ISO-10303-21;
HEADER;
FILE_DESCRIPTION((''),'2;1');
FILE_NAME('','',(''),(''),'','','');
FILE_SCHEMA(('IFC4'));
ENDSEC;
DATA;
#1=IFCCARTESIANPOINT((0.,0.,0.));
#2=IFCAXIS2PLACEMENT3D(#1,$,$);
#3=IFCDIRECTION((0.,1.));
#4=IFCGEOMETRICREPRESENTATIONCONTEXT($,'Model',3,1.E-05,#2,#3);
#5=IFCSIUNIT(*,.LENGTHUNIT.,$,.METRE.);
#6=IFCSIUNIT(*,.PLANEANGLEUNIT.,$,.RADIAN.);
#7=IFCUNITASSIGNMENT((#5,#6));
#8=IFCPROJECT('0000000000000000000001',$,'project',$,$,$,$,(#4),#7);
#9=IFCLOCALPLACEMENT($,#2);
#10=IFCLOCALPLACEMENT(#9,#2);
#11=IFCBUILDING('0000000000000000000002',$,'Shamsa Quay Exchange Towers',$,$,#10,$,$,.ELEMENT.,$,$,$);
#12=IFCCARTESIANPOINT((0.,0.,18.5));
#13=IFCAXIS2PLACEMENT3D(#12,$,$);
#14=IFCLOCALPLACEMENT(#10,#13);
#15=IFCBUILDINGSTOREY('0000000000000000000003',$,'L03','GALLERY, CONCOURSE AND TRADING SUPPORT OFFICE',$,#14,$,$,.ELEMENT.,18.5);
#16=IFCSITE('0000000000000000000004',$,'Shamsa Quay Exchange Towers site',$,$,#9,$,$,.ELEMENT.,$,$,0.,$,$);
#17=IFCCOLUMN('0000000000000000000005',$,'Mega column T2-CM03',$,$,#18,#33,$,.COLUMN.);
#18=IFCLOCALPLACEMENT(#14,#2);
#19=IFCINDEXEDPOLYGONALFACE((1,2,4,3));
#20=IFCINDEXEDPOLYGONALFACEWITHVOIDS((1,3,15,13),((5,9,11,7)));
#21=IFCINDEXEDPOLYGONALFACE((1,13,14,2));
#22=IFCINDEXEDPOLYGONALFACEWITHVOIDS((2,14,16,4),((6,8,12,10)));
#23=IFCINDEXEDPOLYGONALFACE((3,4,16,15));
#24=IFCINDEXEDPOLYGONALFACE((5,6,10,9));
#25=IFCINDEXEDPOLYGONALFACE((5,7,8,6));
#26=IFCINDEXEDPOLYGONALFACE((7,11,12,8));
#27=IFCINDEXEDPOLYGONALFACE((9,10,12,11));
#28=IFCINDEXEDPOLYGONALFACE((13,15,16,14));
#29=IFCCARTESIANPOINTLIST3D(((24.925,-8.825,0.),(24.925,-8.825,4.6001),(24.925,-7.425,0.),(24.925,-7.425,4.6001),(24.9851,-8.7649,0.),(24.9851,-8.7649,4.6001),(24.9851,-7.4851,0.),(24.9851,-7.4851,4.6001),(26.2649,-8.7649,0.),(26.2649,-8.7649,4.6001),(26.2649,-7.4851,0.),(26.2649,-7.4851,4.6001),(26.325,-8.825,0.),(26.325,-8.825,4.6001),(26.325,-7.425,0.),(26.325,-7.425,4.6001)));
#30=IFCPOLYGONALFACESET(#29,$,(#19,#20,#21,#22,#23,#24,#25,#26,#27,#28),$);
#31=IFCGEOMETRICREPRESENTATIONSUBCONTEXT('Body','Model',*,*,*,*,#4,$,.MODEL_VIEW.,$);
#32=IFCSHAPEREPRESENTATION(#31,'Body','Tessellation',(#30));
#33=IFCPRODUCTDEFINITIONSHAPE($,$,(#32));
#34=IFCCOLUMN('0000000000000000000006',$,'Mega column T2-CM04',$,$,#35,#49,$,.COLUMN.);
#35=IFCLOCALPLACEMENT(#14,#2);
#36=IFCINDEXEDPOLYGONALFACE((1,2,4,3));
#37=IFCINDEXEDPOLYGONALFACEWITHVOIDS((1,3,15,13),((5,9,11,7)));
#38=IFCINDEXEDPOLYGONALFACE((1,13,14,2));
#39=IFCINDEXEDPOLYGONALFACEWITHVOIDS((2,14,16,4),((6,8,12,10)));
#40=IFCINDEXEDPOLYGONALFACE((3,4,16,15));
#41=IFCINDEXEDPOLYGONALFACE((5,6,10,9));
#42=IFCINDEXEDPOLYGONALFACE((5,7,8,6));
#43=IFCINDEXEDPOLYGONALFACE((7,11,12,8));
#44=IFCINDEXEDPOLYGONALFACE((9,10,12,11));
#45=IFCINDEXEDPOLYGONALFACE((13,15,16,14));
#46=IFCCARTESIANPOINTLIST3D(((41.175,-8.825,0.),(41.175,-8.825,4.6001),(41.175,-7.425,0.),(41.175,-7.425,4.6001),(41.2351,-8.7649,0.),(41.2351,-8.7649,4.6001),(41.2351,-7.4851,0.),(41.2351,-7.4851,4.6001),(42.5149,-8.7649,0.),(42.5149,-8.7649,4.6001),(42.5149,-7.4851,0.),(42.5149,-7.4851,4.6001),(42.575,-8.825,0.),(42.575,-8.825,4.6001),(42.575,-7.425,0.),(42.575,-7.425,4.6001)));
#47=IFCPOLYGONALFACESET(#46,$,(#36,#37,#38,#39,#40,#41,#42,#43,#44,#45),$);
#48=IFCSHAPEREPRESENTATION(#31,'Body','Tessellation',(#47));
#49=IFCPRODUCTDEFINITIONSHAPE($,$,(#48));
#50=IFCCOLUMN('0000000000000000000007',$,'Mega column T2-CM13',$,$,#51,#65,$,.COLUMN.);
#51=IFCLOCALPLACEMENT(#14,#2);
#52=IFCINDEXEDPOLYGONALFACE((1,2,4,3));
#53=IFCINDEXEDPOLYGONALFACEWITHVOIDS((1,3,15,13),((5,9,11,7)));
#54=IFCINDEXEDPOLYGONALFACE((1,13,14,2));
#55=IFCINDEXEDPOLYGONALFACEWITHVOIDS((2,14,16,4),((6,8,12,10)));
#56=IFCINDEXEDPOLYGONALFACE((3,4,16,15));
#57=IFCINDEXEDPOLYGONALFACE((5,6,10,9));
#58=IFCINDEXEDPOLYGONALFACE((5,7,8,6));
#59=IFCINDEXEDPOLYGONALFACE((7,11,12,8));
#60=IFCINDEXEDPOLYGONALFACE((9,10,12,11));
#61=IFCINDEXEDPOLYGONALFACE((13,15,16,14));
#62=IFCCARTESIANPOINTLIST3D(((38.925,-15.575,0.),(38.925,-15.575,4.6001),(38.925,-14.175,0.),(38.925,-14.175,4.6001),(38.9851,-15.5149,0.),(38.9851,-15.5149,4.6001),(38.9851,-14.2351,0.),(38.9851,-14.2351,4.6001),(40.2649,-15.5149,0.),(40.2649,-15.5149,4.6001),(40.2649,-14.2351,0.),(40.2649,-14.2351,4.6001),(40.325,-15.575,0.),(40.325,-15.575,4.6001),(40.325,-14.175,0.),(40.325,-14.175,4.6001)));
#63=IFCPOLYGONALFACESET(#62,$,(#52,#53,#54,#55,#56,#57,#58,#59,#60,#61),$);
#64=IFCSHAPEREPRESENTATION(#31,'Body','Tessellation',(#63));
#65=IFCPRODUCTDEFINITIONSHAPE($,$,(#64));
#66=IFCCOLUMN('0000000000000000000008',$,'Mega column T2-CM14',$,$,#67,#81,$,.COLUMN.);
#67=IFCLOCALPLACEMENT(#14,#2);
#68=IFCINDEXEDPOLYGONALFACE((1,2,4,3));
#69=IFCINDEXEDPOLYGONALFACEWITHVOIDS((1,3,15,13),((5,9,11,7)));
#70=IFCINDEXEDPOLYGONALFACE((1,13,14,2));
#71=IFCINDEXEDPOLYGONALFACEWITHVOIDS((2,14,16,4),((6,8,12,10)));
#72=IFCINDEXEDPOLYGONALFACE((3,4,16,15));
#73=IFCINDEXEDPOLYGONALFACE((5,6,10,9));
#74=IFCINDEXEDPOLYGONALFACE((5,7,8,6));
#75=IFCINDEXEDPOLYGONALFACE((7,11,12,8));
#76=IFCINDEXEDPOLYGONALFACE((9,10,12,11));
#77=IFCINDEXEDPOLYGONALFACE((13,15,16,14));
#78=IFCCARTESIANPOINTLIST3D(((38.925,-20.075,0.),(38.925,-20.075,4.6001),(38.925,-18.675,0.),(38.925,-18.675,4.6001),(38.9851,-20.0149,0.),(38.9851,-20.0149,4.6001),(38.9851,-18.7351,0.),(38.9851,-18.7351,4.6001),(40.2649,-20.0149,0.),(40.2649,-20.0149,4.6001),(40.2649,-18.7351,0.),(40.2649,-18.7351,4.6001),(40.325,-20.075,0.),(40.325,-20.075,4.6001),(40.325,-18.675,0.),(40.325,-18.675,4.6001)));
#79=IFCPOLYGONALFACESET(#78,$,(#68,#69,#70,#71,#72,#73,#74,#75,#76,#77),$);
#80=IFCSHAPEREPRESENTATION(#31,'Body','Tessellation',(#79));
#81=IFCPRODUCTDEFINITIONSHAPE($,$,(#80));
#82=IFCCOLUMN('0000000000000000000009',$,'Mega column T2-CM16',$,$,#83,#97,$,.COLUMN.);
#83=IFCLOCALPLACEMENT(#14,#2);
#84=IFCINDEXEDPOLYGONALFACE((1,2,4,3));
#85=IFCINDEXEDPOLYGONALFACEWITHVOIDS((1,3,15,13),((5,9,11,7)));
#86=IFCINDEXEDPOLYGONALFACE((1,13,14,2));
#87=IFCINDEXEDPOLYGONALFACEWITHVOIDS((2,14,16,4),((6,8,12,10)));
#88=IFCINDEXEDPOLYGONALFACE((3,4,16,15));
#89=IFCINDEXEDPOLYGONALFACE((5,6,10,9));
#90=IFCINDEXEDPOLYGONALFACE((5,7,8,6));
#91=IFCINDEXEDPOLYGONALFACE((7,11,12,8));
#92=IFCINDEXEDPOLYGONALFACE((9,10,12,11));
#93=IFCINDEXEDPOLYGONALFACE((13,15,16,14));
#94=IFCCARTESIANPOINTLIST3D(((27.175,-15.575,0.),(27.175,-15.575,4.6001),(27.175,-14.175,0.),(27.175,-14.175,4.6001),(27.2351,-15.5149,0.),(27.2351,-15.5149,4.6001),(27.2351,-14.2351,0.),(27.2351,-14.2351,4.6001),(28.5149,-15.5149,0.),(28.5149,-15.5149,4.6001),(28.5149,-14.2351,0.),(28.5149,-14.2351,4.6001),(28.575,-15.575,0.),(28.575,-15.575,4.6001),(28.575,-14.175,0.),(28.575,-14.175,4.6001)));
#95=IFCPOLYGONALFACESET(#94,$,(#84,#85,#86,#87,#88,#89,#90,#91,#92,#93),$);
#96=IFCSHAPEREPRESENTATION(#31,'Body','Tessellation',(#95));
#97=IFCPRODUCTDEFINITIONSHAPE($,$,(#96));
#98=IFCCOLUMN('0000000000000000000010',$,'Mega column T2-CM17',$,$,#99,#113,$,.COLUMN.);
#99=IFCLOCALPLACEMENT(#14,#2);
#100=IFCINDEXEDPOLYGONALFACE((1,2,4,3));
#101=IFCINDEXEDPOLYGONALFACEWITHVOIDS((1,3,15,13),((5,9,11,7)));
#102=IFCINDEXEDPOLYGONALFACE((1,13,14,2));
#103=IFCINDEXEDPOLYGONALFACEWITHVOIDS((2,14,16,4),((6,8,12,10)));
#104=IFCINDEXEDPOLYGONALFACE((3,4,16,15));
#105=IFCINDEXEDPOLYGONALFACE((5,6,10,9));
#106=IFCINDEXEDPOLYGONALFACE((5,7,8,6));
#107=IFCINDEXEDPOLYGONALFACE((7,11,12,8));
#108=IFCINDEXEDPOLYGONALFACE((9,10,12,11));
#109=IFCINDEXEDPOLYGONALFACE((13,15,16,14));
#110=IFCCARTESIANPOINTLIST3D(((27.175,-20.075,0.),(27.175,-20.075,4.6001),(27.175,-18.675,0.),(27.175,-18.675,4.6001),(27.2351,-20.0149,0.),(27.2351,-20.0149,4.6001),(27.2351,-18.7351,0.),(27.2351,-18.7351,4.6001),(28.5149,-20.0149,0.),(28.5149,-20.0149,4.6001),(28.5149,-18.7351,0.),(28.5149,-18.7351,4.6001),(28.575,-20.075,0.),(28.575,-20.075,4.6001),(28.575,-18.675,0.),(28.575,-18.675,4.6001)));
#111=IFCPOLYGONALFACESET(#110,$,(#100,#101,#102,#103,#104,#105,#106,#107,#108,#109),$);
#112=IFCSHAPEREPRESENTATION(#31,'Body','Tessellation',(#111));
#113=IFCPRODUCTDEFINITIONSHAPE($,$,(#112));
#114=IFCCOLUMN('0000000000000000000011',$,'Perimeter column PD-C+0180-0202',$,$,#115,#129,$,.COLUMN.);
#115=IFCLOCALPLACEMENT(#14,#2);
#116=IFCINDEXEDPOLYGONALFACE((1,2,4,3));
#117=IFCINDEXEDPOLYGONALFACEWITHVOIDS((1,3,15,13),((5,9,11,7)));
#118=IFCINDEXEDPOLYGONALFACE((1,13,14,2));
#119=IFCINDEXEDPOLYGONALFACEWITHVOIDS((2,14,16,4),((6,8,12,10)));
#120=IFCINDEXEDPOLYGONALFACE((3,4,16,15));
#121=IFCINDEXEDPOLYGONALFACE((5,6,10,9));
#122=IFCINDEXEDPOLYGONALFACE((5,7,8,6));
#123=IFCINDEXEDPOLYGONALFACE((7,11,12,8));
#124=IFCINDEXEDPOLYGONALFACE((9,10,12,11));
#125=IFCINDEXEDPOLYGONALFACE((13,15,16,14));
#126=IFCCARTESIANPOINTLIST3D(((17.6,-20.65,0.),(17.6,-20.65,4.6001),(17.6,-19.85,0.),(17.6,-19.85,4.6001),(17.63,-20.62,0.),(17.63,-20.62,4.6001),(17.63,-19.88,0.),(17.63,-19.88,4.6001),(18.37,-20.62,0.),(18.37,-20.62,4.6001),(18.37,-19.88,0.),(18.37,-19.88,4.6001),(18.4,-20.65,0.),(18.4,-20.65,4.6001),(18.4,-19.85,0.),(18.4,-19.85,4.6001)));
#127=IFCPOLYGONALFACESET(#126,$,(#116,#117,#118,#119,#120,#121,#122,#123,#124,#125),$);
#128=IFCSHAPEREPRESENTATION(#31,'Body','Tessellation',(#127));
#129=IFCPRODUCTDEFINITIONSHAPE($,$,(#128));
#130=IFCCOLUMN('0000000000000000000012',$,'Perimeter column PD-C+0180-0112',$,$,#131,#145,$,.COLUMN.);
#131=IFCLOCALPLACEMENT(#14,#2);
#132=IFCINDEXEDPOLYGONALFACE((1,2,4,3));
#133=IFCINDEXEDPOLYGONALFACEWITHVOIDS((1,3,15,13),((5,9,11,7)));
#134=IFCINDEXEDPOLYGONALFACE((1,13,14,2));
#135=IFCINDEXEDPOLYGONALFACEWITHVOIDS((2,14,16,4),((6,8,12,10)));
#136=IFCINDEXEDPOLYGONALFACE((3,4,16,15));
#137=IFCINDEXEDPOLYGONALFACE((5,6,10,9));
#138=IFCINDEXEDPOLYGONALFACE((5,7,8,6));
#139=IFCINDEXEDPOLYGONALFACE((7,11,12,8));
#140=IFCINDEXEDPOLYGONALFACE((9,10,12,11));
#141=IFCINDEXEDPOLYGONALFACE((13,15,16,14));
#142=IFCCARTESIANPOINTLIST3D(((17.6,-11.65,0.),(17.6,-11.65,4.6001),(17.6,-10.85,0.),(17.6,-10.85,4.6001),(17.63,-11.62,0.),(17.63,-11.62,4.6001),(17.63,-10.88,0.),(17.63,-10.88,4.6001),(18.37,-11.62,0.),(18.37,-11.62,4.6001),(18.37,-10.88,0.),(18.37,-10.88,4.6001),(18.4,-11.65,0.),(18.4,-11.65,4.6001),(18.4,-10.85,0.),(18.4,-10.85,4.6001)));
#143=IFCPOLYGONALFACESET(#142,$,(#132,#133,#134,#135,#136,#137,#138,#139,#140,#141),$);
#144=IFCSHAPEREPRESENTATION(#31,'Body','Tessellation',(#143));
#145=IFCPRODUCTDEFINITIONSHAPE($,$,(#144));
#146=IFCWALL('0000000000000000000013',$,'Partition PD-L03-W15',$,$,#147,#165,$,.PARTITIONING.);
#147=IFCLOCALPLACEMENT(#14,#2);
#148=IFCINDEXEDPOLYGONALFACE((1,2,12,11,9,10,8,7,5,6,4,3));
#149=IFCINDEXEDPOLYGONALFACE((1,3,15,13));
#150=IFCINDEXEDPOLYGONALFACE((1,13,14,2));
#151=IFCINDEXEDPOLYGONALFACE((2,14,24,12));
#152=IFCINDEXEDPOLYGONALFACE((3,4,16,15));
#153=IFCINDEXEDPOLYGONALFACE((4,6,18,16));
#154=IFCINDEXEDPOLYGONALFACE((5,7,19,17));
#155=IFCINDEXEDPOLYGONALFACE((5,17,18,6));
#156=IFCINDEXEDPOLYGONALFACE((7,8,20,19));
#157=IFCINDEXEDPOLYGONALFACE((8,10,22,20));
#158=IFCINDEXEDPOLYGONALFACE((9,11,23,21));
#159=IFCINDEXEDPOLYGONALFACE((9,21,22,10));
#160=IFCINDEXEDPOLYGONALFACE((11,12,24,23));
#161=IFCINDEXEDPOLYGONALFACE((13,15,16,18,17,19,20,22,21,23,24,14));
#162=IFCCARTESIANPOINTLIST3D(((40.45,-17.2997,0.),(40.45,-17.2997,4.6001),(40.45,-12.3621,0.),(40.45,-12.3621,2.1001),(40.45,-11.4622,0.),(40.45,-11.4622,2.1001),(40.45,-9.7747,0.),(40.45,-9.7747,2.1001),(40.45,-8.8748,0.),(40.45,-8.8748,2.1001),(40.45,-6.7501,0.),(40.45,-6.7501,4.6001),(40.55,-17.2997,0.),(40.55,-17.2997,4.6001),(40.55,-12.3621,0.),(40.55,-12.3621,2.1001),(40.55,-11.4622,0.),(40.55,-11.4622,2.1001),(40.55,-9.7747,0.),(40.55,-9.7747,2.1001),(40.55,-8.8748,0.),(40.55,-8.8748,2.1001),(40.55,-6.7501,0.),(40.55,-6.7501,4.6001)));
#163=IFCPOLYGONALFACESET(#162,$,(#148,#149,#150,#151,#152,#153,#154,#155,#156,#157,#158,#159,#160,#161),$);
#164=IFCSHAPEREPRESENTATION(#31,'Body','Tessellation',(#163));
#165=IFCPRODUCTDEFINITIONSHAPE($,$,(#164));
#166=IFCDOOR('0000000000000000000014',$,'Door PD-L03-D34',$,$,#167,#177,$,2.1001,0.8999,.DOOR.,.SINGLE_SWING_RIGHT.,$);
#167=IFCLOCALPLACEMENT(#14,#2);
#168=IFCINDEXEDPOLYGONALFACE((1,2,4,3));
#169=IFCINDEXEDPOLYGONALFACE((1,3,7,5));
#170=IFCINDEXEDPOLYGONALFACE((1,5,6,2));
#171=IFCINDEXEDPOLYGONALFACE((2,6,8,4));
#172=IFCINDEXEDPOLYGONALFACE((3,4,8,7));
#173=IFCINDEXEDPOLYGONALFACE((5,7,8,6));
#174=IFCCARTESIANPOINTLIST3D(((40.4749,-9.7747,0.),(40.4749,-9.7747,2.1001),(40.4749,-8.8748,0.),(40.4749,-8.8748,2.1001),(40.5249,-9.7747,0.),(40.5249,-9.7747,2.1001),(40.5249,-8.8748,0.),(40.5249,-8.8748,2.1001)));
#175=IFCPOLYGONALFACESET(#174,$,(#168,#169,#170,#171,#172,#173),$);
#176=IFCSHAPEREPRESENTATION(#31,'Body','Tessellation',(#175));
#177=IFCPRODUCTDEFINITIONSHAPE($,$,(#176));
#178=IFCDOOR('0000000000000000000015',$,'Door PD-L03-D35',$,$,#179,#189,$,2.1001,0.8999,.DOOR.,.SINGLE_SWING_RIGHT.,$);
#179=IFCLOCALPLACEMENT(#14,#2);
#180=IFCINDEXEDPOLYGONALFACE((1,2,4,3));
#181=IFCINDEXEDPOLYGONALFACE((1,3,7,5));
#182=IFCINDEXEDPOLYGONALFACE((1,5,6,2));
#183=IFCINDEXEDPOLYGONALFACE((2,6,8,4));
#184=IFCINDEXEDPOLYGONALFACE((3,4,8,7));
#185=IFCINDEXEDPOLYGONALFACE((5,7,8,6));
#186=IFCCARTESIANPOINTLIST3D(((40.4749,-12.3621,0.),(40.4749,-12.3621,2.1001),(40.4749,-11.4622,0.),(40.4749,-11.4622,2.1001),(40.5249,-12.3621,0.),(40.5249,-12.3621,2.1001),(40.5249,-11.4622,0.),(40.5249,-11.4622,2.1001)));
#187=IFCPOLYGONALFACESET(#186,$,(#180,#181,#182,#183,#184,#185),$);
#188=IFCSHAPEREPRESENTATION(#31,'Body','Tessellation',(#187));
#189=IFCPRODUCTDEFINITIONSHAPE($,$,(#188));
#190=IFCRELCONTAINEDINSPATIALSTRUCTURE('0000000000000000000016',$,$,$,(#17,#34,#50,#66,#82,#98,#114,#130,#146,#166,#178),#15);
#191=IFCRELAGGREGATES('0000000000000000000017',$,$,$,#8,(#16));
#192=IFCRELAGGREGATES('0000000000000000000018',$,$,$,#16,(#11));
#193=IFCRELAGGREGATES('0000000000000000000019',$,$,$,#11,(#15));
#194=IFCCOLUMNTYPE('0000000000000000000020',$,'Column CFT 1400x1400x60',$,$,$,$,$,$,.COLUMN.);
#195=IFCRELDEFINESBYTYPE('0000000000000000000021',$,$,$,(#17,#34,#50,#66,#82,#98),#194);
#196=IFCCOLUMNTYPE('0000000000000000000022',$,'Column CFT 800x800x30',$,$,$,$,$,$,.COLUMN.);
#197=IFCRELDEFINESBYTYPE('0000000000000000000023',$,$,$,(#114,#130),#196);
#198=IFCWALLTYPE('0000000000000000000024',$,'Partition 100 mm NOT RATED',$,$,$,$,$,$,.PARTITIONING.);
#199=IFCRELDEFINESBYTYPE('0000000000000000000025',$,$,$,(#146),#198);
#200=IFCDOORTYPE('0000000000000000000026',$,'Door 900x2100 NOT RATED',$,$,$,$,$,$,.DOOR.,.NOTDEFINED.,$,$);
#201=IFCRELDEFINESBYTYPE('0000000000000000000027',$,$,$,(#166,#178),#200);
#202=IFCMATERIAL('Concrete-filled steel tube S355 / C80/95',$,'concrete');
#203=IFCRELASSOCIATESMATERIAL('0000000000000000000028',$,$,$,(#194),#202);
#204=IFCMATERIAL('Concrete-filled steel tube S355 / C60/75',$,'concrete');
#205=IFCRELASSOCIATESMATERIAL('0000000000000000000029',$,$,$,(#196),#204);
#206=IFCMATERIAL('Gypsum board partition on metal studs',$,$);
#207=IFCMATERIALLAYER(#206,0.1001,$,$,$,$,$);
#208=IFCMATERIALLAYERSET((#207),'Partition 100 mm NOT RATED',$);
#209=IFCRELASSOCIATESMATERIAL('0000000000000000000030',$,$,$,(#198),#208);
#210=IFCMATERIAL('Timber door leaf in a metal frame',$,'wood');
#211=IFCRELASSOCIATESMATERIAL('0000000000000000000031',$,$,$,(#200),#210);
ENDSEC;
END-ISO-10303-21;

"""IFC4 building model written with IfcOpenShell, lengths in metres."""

from ifc_helpers import new_model, si_unit, direction, frame, frame_2d, origin, origin_2d, place, context, subcontext, project, spatial, rectangle, hollow_rectangle, extrude, material, layer, layer_set, material_profile, profile_set, type_object, element, fill, save


model = new_model("IFC4")

# Units and contexts
model_context = context("Model", 3, precision=1e-05, world=origin(), true_north=direction((0.0, 1.0)))
body_context = subcontext(model_context, "Body", "Model", "MODEL_VIEW")
ifc_project = project(units=[si_unit("LENGTHUNIT", "METRE"), si_unit("PLANEANGLEUNIT", "RADIAN")], contexts=[model_context])

# Site, building, storey
site_placement = place(None, origin())
site = spatial("IfcSite", under=ifc_project, at=site_placement, Name="Shamsa Quay Exchange Towers site", CompositionType="ELEMENT", RefElevation=0.0)
building_placement = place(site_placement, origin())
building = spatial("IfcBuilding", under=site, at=building_placement, Name="Shamsa Quay Exchange Towers", CompositionType="ELEMENT")
storey_placement = place(building_placement, frame((0.0, 0.0, 18.5)))
storey = spatial("IfcBuildingStorey", under=building, at=storey_placement, Name="L03", Description="GALLERY, CONCOURSE AND TRADING SUPPORT OFFICE", CompositionType="ELEMENT", Elevation=18.5)

# Columns
ifc_material_1 = material(Name="Concrete-filled steel tube S355 / C80/95", Category="concrete")
ifc_material_profile_1 = material_profile(ifc_material_1, hollow_rectangle(XDim=1.3999, YDim=1.3999, WallThickness=0.0601, at=origin_2d()), Name="CFT 1400x1400x60")
ifc_profile_set_1 = profile_set([ifc_material_profile_1], Name="Concrete-filled steel tube S355 / C80/95")
column_type_1 = type_object("IfcColumnType", Name="Column CFT 1400x1400x60", PredefinedType="COLUMN", material=ifc_profile_set_1)
for number, where, name in (
    (1, (25.625, -8.125, 0.0), "Mega column T2-CM03"),
    (2, (41.875, -8.125, 0.0), "Mega column T2-CM04"),
    (3, (39.625, -14.875, 0.0), "Mega column T2-CM13"),
    (4, (39.625, -19.375, 0.0), "Mega column T2-CM14"),
    (5, (27.875, -14.875, 0.0), "Mega column T2-CM16"),
    (6, (27.875, -19.375, 0.0), "Mega column T2-CM17"),
):
    element("IfcColumn", number, at=place(storey_placement, frame(where)), inside=storey, type_object=column_type_1, Name=name, PredefinedType="COLUMN", context=body_context, shape_type="SweptSolid", body=[
        extrude(hollow_rectangle(XDim=1.3999, YDim=1.3999, WallThickness=0.0601, at=origin_2d()), origin(), (0.0, 0.0, 1.0), 4.6001),
    ])
ifc_material_2 = material(Name="Concrete-filled steel tube S355 / C60/75", Category="concrete")
ifc_material_profile_2 = material_profile(ifc_material_2, hollow_rectangle(XDim=0.8, YDim=0.8, WallThickness=0.03, at=origin_2d()), Name="CFT 800x800x30")
ifc_profile_set_2 = profile_set([ifc_material_profile_2], Name="Concrete-filled steel tube S355 / C60/75")
column_type_2 = type_object("IfcColumnType", Name="Column CFT 800x800x30", PredefinedType="COLUMN", material=ifc_profile_set_2)
for number, where, name in (
    (7, (18.0, -20.25, 0.0), "Perimeter column PD-C+0180-0202"),
    (8, (18.0, -11.25, 0.0), "Perimeter column PD-C+0180-0112"),
):
    element("IfcColumn", number, at=place(storey_placement, frame(where)), inside=storey, type_object=column_type_2, Name=name, PredefinedType="COLUMN", context=body_context, shape_type="SweptSolid", body=[
        extrude(hollow_rectangle(XDim=0.8, YDim=0.8, WallThickness=0.03, at=origin_2d()), origin(), (0.0, 0.0, 1.0), 4.6001),
    ])

# Wall, openings, doors
ifc_material_3 = material(Name="Gypsum board partition on metal studs")
ifc_layer_1 = layer(ifc_material_3, 0.1001)
ifc_layer_set_1 = layer_set([ifc_layer_1], Name="Partition 100 mm NOT RATED")
wall_type_1 = type_object("IfcWallType", Name="Partition 100 mm NOT RATED", PredefinedType="PARTITIONING", material=ifc_layer_set_1)
wall_1_placement = place(storey_placement, frame((40.5, -6.75, 0.0), z_axis=(0.0, 0.0, 1.0), x_axis=(0.0, -1.0, 0.0)))
wall_1 = element("IfcWall", 9, at=wall_1_placement, inside=storey, type_object=wall_type_1, Name="Partition PD-L03-W15", PredefinedType="PARTITIONING", context=body_context, shape_type="SweptSolid", body=[
    extrude(rectangle(XDim=10.5496, YDim=0.1001, at=frame_2d((5.2749, 0.0))), origin(), (0.0, 0.0, 1.0), 4.6001),
])
opening_1_placement = place(wall_1_placement, frame((2.1248, 0.0, 0.0)))
opening_1 = element("IfcOpeningElement", 10, at=opening_1_placement, cuts=wall_1, PredefinedType="OPENING", context=body_context, shape_type="SweptSolid", body=[
    extrude(rectangle(XDim=0.8999, YDim=2.1001, at=frame_2d((0.45, 1.05))), frame((0.0, 0.0601, 0.0), z_axis=(0.0, -1.0, 0.0), x_axis=(1.0, 0.0, 0.0)), (0.0, 0.0, 1.0), 0.1201),
])
opening_2_placement = place(wall_1_placement, frame((4.7122, 0.0, 0.0)))
opening_2 = element("IfcOpeningElement", 11, at=opening_2_placement, cuts=wall_1, PredefinedType="OPENING", context=body_context, shape_type="SweptSolid", body=[
    extrude(rectangle(XDim=0.8999, YDim=2.1001, at=frame_2d((0.45, 1.05))), frame((0.0, 0.0601, 0.0), z_axis=(0.0, -1.0, 0.0), x_axis=(1.0, 0.0, 0.0)), (0.0, 0.0, 1.0), 0.1201),
])
ifc_material_4 = material(Name="Timber door leaf in a metal frame", Category="wood")
door_type_1 = type_object("IfcDoorType", Name="Door 900x2100 NOT RATED", OperationType="NOTDEFINED", PredefinedType="DOOR", material=ifc_material_4)
door_1_placement = place(opening_1_placement, origin())
door_1 = element("IfcDoor", 12, at=door_1_placement, inside=storey, type_object=door_type_1, Name="Door PD-L03-D34", OperationType="SINGLE_SWING_RIGHT", OverallHeight=2.1001, OverallWidth=0.8999, PredefinedType="DOOR", context=body_context, shape_type="SweptSolid", body=[
    extrude(rectangle(XDim=0.8999, YDim=2.1001, at=frame_2d((0.45, 1.05))), frame((0.0, 0.0249, 0.0), z_axis=(0.0, -1.0, 0.0), x_axis=(1.0, 0.0, 0.0)), (0.0, 0.0, 1.0), 0.05),
])
fill(opening_1, door_1)
door_2_placement = place(opening_2_placement, origin())
door_2 = element("IfcDoor", 13, at=door_2_placement, inside=storey, type_object=door_type_1, Name="Door PD-L03-D35", OperationType="SINGLE_SWING_RIGHT", OverallHeight=2.1001, OverallWidth=0.8999, PredefinedType="DOOR", context=body_context, shape_type="SweptSolid", body=[
    extrude(rectangle(XDim=0.8999, YDim=2.1001, at=frame_2d((0.45, 1.05))), frame((0.0, 0.0249, 0.0), z_axis=(0.0, -1.0, 0.0), x_axis=(1.0, 0.0, 0.0)), (0.0, 0.0, 1.0), 0.05),
])
fill(opening_2, door_2)

save(model, "model.ifc")
